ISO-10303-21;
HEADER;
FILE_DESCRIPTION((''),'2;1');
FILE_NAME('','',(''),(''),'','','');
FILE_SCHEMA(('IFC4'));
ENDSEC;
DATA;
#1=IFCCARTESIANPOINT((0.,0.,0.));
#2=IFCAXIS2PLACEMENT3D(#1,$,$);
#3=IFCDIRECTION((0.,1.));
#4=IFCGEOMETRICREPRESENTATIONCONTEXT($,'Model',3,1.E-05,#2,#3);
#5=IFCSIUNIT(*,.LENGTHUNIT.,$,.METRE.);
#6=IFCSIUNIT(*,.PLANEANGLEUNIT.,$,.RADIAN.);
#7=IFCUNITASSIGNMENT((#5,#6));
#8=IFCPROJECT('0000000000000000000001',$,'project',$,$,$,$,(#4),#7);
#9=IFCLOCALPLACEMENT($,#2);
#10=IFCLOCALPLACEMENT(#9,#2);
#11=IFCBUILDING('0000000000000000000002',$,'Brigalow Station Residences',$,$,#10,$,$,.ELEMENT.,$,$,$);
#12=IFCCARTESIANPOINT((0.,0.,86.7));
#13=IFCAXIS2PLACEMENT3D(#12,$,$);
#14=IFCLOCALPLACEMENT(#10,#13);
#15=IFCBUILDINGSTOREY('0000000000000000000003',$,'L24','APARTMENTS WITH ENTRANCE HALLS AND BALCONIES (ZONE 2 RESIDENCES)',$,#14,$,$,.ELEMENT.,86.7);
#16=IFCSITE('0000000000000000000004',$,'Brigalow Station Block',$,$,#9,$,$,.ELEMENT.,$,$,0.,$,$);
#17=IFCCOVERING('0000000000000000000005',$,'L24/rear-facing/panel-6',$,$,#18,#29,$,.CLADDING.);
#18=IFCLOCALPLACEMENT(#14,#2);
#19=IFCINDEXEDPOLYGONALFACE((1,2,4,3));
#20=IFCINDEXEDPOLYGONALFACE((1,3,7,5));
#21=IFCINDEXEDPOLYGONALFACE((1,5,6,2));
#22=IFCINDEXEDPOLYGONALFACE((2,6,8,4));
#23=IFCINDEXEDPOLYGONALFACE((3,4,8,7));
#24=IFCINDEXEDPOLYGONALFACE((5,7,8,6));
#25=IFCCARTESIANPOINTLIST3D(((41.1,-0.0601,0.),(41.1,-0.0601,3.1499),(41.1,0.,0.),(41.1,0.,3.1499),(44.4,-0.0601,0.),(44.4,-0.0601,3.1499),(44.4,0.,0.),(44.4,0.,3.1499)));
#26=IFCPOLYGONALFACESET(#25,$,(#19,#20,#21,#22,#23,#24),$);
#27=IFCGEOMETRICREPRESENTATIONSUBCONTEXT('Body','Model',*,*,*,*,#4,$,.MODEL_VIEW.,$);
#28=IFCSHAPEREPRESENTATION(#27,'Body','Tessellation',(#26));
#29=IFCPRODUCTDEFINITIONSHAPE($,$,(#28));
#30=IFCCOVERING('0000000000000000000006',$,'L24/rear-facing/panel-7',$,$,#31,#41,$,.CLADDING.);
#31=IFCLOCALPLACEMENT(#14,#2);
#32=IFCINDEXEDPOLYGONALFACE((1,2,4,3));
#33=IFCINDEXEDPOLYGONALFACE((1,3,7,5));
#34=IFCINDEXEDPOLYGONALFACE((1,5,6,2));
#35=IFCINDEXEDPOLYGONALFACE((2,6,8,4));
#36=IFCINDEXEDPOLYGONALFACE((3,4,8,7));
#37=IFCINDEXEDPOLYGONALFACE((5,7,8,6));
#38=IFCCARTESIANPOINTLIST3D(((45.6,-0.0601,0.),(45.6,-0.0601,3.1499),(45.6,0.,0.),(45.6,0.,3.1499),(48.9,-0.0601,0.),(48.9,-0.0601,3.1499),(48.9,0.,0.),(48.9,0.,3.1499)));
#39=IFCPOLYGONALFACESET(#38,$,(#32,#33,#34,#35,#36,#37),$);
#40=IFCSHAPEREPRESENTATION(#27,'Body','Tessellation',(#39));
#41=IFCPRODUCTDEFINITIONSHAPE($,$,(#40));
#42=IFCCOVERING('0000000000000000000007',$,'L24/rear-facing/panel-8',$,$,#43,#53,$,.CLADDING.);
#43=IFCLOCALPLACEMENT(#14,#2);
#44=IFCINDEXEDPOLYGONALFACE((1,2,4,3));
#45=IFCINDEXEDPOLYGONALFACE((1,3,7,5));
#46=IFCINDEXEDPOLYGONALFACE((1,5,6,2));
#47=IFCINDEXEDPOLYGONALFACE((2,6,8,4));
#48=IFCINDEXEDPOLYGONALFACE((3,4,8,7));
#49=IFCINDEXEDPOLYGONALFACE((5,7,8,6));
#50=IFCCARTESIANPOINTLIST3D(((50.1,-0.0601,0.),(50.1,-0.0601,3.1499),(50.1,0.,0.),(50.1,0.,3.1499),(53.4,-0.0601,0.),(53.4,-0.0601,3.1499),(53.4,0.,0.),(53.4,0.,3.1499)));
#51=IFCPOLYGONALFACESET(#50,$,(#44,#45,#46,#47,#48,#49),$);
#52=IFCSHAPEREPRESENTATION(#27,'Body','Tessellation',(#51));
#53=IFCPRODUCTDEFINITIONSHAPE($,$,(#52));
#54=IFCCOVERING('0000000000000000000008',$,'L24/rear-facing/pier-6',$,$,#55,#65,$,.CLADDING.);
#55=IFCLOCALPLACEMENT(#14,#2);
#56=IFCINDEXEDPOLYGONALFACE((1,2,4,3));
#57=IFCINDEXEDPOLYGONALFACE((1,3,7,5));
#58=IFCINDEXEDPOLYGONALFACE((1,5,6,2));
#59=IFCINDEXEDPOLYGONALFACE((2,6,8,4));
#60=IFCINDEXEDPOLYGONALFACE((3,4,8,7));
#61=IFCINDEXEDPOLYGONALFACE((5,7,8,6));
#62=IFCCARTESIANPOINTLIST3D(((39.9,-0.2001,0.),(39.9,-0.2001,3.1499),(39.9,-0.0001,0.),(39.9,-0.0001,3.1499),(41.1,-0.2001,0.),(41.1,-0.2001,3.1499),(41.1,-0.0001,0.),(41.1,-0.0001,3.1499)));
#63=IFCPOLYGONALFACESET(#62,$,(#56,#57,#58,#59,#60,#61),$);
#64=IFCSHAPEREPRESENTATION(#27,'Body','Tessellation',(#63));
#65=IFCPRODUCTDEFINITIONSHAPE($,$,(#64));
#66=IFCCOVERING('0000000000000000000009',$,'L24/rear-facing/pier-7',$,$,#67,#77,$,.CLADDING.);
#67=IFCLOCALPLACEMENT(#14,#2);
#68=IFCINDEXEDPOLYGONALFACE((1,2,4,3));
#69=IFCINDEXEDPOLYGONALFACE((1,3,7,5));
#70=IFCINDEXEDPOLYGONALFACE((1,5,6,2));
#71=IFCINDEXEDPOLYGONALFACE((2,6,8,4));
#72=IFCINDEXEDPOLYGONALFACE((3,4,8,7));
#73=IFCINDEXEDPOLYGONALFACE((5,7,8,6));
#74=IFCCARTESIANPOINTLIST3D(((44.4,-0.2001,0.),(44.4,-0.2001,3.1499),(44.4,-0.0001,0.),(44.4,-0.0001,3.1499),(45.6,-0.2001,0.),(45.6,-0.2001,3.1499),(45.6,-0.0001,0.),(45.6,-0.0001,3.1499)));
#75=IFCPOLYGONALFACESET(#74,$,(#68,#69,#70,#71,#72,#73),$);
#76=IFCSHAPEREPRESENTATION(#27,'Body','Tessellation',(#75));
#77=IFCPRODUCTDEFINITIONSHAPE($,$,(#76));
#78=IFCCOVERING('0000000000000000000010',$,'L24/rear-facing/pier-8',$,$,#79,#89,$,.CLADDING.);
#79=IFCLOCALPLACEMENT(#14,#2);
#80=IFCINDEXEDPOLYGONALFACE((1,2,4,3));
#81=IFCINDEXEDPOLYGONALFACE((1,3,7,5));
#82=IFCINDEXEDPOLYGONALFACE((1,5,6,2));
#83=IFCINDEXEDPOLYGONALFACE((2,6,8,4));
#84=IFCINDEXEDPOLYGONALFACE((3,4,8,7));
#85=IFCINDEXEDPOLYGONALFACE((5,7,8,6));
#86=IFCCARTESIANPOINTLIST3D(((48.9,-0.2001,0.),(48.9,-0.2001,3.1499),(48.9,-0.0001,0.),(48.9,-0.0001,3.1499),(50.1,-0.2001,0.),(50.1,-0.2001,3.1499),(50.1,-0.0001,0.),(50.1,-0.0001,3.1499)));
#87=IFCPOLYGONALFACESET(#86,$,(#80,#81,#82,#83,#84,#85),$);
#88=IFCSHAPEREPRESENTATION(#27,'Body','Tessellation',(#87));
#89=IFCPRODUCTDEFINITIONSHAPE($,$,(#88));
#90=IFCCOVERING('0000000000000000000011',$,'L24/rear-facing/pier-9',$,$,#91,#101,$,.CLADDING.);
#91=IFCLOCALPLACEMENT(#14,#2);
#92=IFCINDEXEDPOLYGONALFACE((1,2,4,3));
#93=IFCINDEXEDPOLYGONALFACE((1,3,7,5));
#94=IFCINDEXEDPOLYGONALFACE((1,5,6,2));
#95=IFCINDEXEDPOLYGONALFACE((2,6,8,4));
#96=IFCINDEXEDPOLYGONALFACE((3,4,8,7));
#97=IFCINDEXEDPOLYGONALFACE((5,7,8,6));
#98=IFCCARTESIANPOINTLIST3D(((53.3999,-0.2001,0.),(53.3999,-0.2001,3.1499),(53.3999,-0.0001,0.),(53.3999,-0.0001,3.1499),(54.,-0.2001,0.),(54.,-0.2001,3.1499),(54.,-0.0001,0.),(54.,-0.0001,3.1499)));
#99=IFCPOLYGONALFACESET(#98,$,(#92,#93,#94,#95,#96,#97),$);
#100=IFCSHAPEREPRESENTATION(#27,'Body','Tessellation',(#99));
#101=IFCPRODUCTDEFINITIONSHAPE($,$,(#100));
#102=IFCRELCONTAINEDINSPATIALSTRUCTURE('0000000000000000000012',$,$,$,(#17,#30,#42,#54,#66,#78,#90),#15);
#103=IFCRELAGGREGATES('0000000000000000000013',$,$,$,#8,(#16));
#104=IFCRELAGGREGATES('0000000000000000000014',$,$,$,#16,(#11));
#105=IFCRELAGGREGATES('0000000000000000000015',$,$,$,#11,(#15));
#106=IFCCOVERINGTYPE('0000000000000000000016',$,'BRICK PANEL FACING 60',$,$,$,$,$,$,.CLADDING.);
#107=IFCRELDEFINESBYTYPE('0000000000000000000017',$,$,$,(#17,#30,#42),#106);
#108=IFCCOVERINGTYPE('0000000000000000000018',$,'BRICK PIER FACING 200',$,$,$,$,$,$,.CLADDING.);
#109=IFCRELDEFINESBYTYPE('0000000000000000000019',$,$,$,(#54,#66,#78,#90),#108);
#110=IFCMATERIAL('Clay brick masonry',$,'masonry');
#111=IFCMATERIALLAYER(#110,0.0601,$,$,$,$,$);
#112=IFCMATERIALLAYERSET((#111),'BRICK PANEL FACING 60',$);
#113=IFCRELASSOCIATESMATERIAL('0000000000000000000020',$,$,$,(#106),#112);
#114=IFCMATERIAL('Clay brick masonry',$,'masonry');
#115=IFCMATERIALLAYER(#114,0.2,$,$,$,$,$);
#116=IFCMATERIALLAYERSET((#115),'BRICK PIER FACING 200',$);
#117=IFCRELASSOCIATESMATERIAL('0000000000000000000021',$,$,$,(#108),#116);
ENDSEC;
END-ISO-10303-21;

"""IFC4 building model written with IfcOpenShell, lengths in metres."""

from ifc_helpers import new_model, si_unit, direction, frame, origin, origin_2d, place, context, subcontext, project, spatial, rectangle, extrude, material, layer, layer_set, type_object, element, save


model = new_model("IFC4")

# Units and contexts
model_context = context("Model", 3, precision=1e-05, world=origin(), true_north=direction((0.0, 1.0)))
body_context = subcontext(model_context, "Body", "Model", "MODEL_VIEW")
ifc_project = project(units=[si_unit("LENGTHUNIT", "METRE"), si_unit("PLANEANGLEUNIT", "RADIAN")], contexts=[model_context])

# Site, building, storey
site_placement = place(None, origin())
site = spatial("IfcSite", under=ifc_project, at=site_placement, Name="Brigalow Station Block", CompositionType="ELEMENT", RefElevation=0.0)
building_placement = place(site_placement, origin())
building = spatial("IfcBuilding", under=site, at=building_placement, Name="Brigalow Station Residences", CompositionType="ELEMENT")
storey_placement = place(building_placement, frame((0.0, 0.0, 86.7)))
storey = spatial("IfcBuildingStorey", under=building, at=storey_placement, Name="L24", Description="APARTMENTS WITH ENTRANCE HALLS AND BALCONIES (ZONE 2 RESIDENCES)", CompositionType="ELEMENT", Elevation=86.7)

# Coverings
ifc_material_1 = material(Name="Clay brick masonry", Category="masonry")
ifc_layer_1 = layer(ifc_material_1, 0.0601)
ifc_layer_set_1 = layer_set([ifc_layer_1], Name="BRICK PANEL FACING 60")
covering_type_1 = type_object("IfcCoveringType", Name="BRICK PANEL FACING 60", PredefinedType="CLADDING", material=ifc_layer_set_1)
for number, where, z_axis, x_axis, name in (
    (1, (42.75, -0.03, 0.0), (0.0, 0.0, 1.0), (1.0, 0.0, 0.0), "L24/rear-facing/panel-6"),
    (2, (47.25, -0.03, 0.0), (0.0, 0.0, 1.0), (1.0, 0.0, 0.0), "L24/rear-facing/panel-7"),
    (3, (51.75, -0.03, 0.0), (0.0, 0.0, 1.0), (1.0, 0.0, 0.0), "L24/rear-facing/panel-8"),
):
    element("IfcCovering", number, at=place(storey_placement, frame(where, z_axis=z_axis, x_axis=x_axis)), inside=storey, type_object=covering_type_1, Name=name, PredefinedType="CLADDING", context=body_context, shape_type="SweptSolid", body=[
        extrude(rectangle(XDim=3.3, YDim=0.0601, at=origin_2d()), origin(), (0.0, 0.0, 1.0), 3.1499),
    ])
ifc_material_2 = material(Name="Clay brick masonry", Category="masonry")
ifc_layer_2 = layer(ifc_material_2, 0.2)
ifc_layer_set_2 = layer_set([ifc_layer_2], Name="BRICK PIER FACING 200")
covering_type_2 = type_object("IfcCoveringType", Name="BRICK PIER FACING 200", PredefinedType="CLADDING", material=ifc_layer_set_2)
for number, where, z_axis, x_axis, name in (
    (4, (40.5, -0.1001, 0.0), (0.0, 0.0, 1.0), (1.0, 0.0, 0.0), "L24/rear-facing/pier-6"),
    (5, (45.0, -0.1001, 0.0), (0.0, 0.0, 1.0), (1.0, 0.0, 0.0), "L24/rear-facing/pier-7"),
    (6, (49.5, -0.1001, 0.0), (0.0, 0.0, 1.0), (1.0, 0.0, 0.0), "L24/rear-facing/pier-8"),
):
    element("IfcCovering", number, at=place(storey_placement, frame(where, z_axis=z_axis, x_axis=x_axis)), inside=storey, type_object=covering_type_2, Name=name, PredefinedType="CLADDING", context=body_context, shape_type="SweptSolid", body=[
        extrude(rectangle(XDim=1.2, YDim=0.2, at=origin_2d()), origin(), (0.0, 0.0, 1.0), 3.1499),
    ])
covering_placement = place(storey_placement, frame((53.7, -0.1001, 0.0), z_axis=(0.0, 0.0, 1.0), x_axis=(1.0, 0.0, 0.0)))
element("IfcCovering", 7, at=covering_placement, inside=storey, type_object=covering_type_2, Name="L24/rear-facing/pier-9", PredefinedType="CLADDING", context=body_context, shape_type="SweptSolid", body=[
    extrude(rectangle(XDim=0.6001, YDim=0.2, at=origin_2d()), origin(), (0.0, 0.0, 1.0), 3.1499),
])

save(model, "model.ifc")
